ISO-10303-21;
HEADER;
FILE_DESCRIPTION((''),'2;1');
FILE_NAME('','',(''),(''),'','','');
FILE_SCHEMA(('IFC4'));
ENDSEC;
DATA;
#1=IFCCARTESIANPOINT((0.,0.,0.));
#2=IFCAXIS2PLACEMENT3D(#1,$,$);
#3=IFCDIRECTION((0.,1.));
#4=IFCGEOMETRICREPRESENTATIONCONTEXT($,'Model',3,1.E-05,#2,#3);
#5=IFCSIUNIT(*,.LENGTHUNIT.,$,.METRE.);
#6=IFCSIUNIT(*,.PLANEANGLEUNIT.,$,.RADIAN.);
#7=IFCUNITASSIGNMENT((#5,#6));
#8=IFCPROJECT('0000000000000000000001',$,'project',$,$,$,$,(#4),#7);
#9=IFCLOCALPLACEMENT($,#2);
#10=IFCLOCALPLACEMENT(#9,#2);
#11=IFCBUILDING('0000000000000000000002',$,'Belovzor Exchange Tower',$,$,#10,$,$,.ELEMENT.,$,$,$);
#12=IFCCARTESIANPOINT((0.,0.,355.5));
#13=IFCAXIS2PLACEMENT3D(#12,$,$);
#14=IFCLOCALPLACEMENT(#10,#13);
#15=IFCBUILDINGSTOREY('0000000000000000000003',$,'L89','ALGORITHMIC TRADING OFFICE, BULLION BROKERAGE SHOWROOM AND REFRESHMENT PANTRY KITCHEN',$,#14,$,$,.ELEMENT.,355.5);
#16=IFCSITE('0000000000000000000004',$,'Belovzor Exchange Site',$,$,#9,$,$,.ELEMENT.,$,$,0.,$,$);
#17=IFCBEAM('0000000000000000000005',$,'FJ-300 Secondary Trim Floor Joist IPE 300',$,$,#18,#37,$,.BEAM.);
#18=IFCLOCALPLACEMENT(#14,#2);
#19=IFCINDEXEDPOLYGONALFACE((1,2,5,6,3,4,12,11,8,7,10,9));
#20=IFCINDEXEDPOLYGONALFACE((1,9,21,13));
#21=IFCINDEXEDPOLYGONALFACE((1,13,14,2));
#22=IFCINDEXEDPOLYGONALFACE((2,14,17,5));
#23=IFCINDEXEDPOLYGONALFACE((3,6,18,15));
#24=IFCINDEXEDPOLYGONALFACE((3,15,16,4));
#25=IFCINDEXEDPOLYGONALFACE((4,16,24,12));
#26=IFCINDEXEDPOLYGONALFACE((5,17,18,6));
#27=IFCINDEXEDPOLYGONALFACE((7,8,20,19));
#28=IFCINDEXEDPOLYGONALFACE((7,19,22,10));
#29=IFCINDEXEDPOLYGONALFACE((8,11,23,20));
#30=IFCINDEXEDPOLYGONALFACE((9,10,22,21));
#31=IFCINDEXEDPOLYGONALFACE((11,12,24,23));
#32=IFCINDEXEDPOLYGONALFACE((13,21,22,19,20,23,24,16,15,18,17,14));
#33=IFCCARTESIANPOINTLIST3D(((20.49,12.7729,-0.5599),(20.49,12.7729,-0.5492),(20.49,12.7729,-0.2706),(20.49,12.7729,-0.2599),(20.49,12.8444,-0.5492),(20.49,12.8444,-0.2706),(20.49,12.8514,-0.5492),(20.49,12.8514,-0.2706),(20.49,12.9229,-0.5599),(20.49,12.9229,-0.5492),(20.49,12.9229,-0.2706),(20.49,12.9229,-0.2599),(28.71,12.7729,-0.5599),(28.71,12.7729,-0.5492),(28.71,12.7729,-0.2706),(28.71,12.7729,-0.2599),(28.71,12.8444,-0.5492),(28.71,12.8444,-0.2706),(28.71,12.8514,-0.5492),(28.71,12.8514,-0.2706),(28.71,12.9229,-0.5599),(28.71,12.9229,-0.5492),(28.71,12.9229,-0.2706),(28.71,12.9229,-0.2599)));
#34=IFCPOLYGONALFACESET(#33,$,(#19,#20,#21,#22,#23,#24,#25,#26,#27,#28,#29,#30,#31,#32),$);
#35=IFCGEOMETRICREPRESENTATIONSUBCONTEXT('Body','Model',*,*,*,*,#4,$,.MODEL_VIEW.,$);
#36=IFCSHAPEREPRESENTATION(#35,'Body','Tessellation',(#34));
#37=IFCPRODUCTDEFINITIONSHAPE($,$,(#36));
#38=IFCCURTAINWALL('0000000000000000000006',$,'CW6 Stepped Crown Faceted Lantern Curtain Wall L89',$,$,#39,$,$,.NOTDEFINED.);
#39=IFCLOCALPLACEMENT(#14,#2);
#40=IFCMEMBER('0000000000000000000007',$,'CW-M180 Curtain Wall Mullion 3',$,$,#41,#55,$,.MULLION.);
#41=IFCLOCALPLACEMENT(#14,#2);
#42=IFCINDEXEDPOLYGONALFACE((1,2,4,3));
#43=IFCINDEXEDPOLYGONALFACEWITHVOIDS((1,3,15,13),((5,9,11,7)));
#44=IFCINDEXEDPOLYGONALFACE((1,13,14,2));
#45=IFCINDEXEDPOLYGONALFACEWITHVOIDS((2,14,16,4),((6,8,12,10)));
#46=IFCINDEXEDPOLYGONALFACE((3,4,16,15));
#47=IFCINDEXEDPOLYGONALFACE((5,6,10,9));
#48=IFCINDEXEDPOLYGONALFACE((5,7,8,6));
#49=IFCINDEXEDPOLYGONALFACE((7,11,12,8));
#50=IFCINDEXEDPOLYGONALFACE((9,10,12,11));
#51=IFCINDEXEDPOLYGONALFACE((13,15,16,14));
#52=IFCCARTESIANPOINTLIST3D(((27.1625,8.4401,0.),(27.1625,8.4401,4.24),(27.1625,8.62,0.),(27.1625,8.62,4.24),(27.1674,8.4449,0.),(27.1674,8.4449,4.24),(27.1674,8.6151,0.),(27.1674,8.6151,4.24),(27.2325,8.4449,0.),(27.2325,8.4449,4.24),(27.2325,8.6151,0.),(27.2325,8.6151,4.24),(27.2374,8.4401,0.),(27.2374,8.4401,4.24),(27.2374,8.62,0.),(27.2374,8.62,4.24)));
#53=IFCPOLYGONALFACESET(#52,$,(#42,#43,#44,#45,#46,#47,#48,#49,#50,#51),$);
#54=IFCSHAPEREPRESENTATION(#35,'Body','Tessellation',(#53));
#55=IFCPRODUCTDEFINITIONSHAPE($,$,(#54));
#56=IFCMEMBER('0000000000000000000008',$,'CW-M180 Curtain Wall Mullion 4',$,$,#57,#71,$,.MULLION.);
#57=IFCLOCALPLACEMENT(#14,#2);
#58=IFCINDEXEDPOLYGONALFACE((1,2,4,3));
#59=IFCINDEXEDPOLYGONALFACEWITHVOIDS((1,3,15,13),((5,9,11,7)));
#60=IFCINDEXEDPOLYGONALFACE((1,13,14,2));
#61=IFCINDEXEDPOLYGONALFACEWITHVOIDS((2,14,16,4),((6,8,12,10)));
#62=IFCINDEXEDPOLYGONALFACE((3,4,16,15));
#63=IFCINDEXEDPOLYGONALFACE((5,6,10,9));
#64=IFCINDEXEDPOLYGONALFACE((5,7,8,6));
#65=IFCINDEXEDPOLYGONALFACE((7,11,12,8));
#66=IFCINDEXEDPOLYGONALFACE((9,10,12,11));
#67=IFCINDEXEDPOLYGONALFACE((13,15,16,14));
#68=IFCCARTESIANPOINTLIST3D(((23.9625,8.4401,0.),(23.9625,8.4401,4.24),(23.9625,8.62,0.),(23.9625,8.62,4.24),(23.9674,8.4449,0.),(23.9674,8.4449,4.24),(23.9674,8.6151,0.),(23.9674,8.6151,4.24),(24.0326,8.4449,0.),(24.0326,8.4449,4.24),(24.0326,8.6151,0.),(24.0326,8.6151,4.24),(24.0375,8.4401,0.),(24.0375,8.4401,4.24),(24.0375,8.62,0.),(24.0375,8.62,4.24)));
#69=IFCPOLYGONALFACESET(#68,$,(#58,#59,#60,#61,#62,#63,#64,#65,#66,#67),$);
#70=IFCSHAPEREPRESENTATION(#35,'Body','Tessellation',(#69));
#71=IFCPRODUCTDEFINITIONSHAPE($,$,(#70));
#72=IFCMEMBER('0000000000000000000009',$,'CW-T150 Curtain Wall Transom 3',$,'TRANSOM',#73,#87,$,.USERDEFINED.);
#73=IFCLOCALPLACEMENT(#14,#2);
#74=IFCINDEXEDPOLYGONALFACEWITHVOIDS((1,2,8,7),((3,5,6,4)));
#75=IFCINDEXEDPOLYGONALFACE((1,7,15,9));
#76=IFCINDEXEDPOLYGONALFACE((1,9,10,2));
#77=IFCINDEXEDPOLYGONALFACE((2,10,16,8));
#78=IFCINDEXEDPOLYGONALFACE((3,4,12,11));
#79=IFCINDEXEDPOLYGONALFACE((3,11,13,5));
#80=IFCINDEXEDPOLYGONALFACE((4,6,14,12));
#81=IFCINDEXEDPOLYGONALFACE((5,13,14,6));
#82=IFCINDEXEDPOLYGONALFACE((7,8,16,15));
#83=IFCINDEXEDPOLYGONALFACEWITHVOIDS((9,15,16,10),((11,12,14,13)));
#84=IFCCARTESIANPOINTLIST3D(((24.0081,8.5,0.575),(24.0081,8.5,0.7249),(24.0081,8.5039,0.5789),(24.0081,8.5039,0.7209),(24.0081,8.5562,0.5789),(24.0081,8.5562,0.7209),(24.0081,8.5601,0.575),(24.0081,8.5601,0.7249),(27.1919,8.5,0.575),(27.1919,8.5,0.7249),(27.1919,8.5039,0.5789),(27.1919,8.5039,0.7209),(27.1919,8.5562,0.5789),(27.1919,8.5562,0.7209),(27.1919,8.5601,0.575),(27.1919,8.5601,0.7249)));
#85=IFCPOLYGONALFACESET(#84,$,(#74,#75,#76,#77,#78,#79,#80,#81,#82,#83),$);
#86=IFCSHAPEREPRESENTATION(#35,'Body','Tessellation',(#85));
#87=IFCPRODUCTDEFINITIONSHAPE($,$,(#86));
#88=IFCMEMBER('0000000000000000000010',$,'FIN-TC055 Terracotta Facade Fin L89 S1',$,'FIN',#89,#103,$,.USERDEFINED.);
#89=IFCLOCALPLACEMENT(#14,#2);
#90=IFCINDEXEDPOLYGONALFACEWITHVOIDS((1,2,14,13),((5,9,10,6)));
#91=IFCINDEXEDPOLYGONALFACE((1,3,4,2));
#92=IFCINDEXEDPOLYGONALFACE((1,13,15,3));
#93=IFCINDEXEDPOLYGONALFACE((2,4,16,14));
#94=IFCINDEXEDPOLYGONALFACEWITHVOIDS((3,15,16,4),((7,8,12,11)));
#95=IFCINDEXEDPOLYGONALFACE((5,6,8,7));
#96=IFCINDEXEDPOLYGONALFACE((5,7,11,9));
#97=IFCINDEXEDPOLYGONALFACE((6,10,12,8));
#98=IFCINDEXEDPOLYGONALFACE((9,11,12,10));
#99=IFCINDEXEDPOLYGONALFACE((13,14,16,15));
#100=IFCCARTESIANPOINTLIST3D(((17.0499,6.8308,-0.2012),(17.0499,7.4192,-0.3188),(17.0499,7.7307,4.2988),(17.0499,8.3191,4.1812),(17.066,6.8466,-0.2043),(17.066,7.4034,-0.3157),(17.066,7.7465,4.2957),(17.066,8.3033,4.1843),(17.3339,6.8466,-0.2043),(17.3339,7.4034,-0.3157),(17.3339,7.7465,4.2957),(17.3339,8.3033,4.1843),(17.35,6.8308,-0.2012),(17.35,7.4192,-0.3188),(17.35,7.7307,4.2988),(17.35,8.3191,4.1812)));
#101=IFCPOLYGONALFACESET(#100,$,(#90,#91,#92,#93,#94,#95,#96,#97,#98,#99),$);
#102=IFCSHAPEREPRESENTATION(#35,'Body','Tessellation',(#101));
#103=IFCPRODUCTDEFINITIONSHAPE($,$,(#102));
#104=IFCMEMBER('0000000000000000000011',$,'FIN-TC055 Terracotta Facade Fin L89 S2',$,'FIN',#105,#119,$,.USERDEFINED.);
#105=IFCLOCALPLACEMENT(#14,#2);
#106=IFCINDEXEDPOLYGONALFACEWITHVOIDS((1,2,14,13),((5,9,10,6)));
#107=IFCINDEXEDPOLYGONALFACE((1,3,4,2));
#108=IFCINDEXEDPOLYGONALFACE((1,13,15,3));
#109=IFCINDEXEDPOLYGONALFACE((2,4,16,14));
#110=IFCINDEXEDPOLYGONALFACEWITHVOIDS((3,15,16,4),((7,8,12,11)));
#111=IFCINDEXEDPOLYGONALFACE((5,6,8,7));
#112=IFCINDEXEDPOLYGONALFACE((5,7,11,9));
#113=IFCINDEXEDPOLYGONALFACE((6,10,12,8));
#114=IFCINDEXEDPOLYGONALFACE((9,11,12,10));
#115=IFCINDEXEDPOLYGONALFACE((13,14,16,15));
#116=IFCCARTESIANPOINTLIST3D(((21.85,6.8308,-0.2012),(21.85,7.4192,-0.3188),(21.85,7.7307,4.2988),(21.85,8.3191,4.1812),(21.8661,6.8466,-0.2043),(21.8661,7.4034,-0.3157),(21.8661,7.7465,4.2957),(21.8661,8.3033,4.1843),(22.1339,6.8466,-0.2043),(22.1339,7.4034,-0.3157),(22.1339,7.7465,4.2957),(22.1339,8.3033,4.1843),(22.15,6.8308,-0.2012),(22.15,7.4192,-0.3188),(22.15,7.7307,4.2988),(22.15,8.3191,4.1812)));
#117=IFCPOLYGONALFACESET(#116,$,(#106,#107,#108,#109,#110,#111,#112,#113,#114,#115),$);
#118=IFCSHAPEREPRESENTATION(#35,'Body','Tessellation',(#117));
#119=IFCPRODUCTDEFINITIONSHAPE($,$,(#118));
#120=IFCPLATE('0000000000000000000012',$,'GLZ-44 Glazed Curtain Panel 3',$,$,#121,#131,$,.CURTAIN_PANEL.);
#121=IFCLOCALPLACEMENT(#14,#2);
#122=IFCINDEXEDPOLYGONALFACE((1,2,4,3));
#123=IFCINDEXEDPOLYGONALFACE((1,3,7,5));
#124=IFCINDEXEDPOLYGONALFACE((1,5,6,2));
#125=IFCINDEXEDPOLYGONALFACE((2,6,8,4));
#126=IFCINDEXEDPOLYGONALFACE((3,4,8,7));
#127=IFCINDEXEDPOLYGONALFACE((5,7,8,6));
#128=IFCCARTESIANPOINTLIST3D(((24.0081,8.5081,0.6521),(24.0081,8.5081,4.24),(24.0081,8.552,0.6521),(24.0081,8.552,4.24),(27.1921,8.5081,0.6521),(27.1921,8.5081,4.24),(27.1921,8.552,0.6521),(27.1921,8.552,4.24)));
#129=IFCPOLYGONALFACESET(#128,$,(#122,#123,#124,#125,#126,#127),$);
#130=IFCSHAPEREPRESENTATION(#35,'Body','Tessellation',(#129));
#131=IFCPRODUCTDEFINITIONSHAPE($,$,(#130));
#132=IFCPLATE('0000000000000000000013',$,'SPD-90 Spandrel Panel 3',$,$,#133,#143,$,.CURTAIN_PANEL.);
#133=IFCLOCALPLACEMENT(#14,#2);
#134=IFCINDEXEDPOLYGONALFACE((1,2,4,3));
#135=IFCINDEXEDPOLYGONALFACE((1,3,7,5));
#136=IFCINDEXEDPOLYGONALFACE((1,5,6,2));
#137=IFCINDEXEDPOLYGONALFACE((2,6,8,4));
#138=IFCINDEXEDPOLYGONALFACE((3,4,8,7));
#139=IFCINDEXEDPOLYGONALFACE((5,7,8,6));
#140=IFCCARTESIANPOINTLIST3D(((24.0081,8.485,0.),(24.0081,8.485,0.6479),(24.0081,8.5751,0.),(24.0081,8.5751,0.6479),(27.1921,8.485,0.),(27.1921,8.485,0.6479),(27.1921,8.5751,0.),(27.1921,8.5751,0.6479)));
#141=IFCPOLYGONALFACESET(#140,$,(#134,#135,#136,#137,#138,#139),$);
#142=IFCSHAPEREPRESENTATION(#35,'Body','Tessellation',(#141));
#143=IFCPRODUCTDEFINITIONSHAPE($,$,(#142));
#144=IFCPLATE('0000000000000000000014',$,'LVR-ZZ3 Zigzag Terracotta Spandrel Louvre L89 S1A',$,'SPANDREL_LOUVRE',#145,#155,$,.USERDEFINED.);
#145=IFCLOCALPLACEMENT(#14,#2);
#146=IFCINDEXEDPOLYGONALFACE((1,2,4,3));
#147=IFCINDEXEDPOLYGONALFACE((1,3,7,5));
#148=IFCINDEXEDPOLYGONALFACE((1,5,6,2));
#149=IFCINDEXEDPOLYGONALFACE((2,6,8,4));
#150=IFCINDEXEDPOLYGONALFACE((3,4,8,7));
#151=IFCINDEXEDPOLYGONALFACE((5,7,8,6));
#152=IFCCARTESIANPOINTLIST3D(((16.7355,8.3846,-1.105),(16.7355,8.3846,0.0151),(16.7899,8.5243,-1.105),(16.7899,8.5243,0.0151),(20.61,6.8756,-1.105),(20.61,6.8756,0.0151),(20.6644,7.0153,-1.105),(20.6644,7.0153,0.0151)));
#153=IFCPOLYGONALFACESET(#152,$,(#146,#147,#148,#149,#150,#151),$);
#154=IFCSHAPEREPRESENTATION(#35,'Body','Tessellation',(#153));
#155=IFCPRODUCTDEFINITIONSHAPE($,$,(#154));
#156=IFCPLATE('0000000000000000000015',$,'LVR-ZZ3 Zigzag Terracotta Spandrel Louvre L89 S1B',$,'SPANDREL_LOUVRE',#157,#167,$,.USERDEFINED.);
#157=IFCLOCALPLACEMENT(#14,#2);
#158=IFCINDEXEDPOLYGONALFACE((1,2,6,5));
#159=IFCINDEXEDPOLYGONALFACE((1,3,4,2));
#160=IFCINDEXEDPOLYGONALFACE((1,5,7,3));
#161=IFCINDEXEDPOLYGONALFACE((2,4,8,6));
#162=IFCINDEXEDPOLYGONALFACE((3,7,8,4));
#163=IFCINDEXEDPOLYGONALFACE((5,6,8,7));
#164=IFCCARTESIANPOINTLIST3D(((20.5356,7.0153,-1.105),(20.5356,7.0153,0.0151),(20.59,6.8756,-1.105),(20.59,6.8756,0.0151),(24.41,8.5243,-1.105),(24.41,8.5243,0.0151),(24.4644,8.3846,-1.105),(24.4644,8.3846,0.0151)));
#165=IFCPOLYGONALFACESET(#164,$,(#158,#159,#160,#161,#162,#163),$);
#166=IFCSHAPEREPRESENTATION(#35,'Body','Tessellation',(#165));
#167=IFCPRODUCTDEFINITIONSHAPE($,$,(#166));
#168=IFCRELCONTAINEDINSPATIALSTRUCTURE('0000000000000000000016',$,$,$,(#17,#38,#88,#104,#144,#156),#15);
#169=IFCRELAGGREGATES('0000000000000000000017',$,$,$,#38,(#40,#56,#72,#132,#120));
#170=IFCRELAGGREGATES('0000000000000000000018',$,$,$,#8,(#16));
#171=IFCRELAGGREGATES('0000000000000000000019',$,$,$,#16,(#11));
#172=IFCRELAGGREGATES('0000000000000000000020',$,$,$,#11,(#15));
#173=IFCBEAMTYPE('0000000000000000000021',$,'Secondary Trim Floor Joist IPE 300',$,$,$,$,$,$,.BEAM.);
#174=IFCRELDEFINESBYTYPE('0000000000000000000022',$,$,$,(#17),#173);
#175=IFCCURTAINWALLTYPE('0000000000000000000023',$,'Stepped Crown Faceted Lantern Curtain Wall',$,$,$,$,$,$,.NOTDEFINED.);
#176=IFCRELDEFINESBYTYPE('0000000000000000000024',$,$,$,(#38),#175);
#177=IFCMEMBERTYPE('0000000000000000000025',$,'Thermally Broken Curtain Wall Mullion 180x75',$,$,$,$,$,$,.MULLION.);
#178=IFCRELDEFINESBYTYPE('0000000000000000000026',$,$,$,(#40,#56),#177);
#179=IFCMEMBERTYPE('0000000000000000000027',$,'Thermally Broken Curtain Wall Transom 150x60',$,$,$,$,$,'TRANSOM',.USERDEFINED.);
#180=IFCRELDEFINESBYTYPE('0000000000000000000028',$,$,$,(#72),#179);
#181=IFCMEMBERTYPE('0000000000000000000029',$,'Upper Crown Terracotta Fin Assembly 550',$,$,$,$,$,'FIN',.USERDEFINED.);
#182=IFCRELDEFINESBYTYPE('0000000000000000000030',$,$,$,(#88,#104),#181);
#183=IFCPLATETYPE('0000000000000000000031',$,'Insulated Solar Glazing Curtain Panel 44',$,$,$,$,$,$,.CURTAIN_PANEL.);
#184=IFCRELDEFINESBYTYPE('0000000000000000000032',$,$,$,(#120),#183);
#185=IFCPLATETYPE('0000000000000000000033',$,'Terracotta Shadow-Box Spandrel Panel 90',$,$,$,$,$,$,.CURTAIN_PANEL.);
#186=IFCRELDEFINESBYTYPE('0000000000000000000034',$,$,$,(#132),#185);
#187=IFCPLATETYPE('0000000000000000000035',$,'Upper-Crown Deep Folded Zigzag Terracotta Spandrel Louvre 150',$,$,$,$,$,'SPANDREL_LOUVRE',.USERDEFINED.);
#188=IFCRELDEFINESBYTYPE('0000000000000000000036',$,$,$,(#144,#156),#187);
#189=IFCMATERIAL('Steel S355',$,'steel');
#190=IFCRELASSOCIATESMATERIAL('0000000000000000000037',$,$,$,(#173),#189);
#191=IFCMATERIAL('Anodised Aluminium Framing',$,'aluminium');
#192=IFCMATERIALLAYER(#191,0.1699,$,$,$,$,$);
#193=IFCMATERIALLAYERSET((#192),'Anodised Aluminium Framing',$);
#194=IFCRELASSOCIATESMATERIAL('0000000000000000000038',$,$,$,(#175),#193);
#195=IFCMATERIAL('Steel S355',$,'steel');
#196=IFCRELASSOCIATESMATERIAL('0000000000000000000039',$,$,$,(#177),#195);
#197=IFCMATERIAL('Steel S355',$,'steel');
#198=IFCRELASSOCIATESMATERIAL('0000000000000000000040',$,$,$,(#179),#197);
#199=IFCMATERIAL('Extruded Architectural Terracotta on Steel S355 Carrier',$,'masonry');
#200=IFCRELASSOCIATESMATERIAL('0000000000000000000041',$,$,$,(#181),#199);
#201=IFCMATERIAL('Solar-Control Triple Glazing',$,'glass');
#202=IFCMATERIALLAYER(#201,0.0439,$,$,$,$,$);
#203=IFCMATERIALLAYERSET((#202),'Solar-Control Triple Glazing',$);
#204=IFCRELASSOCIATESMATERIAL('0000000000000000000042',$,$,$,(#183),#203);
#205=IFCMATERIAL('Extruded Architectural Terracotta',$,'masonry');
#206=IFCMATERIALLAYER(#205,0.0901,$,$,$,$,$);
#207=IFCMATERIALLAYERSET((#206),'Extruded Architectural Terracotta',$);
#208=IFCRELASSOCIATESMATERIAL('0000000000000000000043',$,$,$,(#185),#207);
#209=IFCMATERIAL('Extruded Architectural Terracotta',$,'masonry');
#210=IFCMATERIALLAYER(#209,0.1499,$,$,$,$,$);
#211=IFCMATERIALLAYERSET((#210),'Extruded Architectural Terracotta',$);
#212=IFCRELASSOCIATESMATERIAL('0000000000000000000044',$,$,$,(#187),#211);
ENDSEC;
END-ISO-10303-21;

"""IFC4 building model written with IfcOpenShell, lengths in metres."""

from ifc_helpers import new_model, si_unit, direction, frame, origin, origin_2d, place, context, subcontext, project, spatial, rectangle, hollow_rectangle, i_section, extrude, material, layer, layer_set, material_profile, profile_set, type_object, element, aggregate, save


model = new_model("IFC4")

# Units and contexts
model_context = context("Model", 3, precision=1e-05, world=origin(), true_north=direction((0.0, 1.0)))
body_context = subcontext(model_context, "Body", "Model", "MODEL_VIEW")
ifc_project = project(units=[si_unit("LENGTHUNIT", "METRE"), si_unit("PLANEANGLEUNIT", "RADIAN")], contexts=[model_context])

# Site, building, storey
site_placement = place(None, origin())
site = spatial("IfcSite", under=ifc_project, at=site_placement, Name="Belovzor Exchange Site", CompositionType="ELEMENT", RefElevation=0.0)
building_placement = place(site_placement, origin())
building = spatial("IfcBuilding", under=site, at=building_placement, Name="Belovzor Exchange Tower", CompositionType="ELEMENT")
storey_placement = place(building_placement, frame((0.0, 0.0, 355.5)))
storey = spatial("IfcBuildingStorey", under=building, at=storey_placement, Name="L89", Description="ALGORITHMIC TRADING OFFICE, BULLION BROKERAGE SHOWROOM AND REFRESHMENT PANTRY KITCHEN", CompositionType="ELEMENT", Elevation=355.5)

# Beam
ifc_material_1 = material(Name="Steel S355", Category="steel")
ifc_material_profile_1 = material_profile(ifc_material_1, i_section(OverallWidth=0.1499, OverallDepth=0.3, WebThickness=0.0071, FlangeThickness=0.0107, at=origin_2d()))
ifc_profile_set_1 = profile_set([ifc_material_profile_1], Name="Steel S355")
beam_type = type_object("IfcBeamType", Name="Secondary Trim Floor Joist IPE 300", PredefinedType="BEAM", material=ifc_profile_set_1)
beam_placement = place(storey_placement, frame((20.49, 12.8479, -0.4099), z_axis=(1.0, 0.0, 0.0), x_axis=(0.0, 1.0, 0.0)))
element("IfcBeam", 1, at=beam_placement, inside=storey, type_object=beam_type, Name="FJ-300 Secondary Trim Floor Joist IPE 300", PredefinedType="BEAM", context=body_context, shape_type="SweptSolid", body=[
    extrude(i_section(OverallWidth=0.1499, OverallDepth=0.3, WebThickness=0.0071, FlangeThickness=0.0107, at=origin_2d()), origin(), (0.0, 0.0, 1.0), 8.22),
])

# Curtain wall, members
ifc_material_2 = material(Name="Anodised Aluminium Framing", Category="aluminium")
ifc_layer_1 = layer(ifc_material_2, 0.1699)
ifc_layer_set_1 = layer_set([ifc_layer_1], Name="Anodised Aluminium Framing")
curtain_wall_type = type_object("IfcCurtainWallType", Name="Stepped Crown Faceted Lantern Curtain Wall", PredefinedType="NOTDEFINED", material=ifc_layer_set_1)
curtain_wall_placement = place(storey_placement, origin())
curtain_wall = element("IfcCurtainWall", 2, at=curtain_wall_placement, inside=storey, type_object=curtain_wall_type, Name="CW6 Stepped Crown Faceted Lantern Curtain Wall L89", PredefinedType="NOTDEFINED")
ifc_material_3 = material(Name="Steel S355", Category="steel")
ifc_material_profile_2 = material_profile(ifc_material_3, hollow_rectangle(XDim=0.075, YDim=0.1799, WallThickness=0.0049, at=origin_2d()))
ifc_profile_set_2 = profile_set([ifc_material_profile_2], Name="Steel S355")
member_type_1 = type_object("IfcMemberType", Name="Thermally Broken Curtain Wall Mullion 180x75", PredefinedType="MULLION", material=ifc_profile_set_2)
member_1_placement = place(storey_placement, frame((27.2, 8.53, 0.0), z_axis=(0.0, 0.0, 1.0), x_axis=(-1.0, 0.0, 0.0)))
member_1 = element("IfcMember", 3, at=member_1_placement, type_object=member_type_1, Name="CW-M180 Curtain Wall Mullion 3", PredefinedType="MULLION", context=body_context, shape_type="SweptSolid", body=[
    extrude(hollow_rectangle(XDim=0.075, YDim=0.1799, WallThickness=0.0049, at=origin_2d()), origin(), (0.0, 0.0, 1.0), 4.24),
])
member_2_placement = place(storey_placement, frame((24.0, 8.53, 0.0), z_axis=(0.0, 0.0, 1.0), x_axis=(-1.0, 0.0, 0.0)))
member_2 = element("IfcMember", 4, at=member_2_placement, type_object=member_type_1, Name="CW-M180 Curtain Wall Mullion 4", PredefinedType="MULLION", context=body_context, shape_type="SweptSolid", body=[
    extrude(hollow_rectangle(XDim=0.075, YDim=0.1799, WallThickness=0.0049, at=origin_2d()), origin(), (0.0, 0.0, 1.0), 4.24),
])
ifc_material_4 = material(Name="Steel S355", Category="steel")
ifc_material_profile_3 = material_profile(ifc_material_4, hollow_rectangle(XDim=0.0601, YDim=0.1499, WallThickness=0.0039, at=origin_2d()))
ifc_profile_set_3 = profile_set([ifc_material_profile_3], Name="Steel S355")
member_type_2 = type_object("IfcMemberType", Name="Thermally Broken Curtain Wall Transom 150x60", ElementType="TRANSOM", PredefinedType="USERDEFINED", material=ifc_profile_set_3)
member_3_placement = place(storey_placement, frame((27.1919, 8.53, 0.6499), z_axis=(-1.0, 0.0, 0.0), x_axis=(0.0, -1.0, 0.0)))
member_3 = element("IfcMember", 5, at=member_3_placement, type_object=member_type_2, Name="CW-T150 Curtain Wall Transom 3", ObjectType="TRANSOM", PredefinedType="USERDEFINED", context=body_context, shape_type="SweptSolid", body=[
    extrude(hollow_rectangle(XDim=0.0601, YDim=0.1499, WallThickness=0.0039, at=origin_2d()), origin(), (0.0, 0.0, 1.0), 3.1838),
])

# Members
ifc_material_5 = material(Name="Extruded Architectural Terracotta on Steel S355 Carrier", Category="masonry")
ifc_material_profile_4 = material_profile(ifc_material_5, hollow_rectangle(XDim=0.3, YDim=0.6001, WallThickness=0.0161, at=origin_2d()))
ifc_profile_set_4 = profile_set([ifc_material_profile_4], Name="Extruded Architectural Terracotta on Steel S355 Carrier")
member_type_3 = type_object("IfcMemberType", Name="Upper Crown Terracotta Fin Assembly 550", ElementType="FIN", PredefinedType="USERDEFINED", material=ifc_profile_set_4)
for number, where, z_axis, x_axis, name in (
    (6, (17.2, 7.125, -0.26), (0.0, 0.196096, 0.980585), (-1.0, 0.0, 0.0), "FIN-TC055 Terracotta Facade Fin L89 S1"),
    (7, (22.0, 7.125, -0.26), (0.0, 0.196096, 0.980585), (-1.0, 0.0, 0.0), "FIN-TC055 Terracotta Facade Fin L89 S2"),
):
    element("IfcMember", number, at=place(storey_placement, frame(where, z_axis=z_axis, x_axis=x_axis)), inside=storey, type_object=member_type_3, Name=name, ObjectType="FIN", PredefinedType="USERDEFINED", context=body_context, shape_type="SweptSolid", body=[
        extrude(hollow_rectangle(XDim=0.3, YDim=0.6001, WallThickness=0.0161, at=origin_2d()), origin(), (0.0, 0.0, 1.0), 4.5891),
    ])

# Plates
ifc_material_6 = material(Name="Solar-Control Triple Glazing", Category="glass")
ifc_layer_2 = layer(ifc_material_6, 0.0439)
ifc_layer_set_2 = layer_set([ifc_layer_2], Name="Solar-Control Triple Glazing")
plate_type_1 = type_object("IfcPlateType", Name="Insulated Solar Glazing Curtain Panel 44", PredefinedType="CURTAIN_PANEL", material=ifc_layer_set_2)
plate_1_placement = place(storey_placement, frame((25.6001, 8.53, 0.6521), z_axis=(0.0, 0.0, 1.0), x_axis=(-1.0, 0.0, 0.0)))
plate_1 = element("IfcPlate", 8, at=plate_1_placement, type_object=plate_type_1, Name="GLZ-44 Glazed Curtain Panel 3", PredefinedType="CURTAIN_PANEL", context=body_context, shape_type="SweptSolid", body=[
    extrude(rectangle(XDim=3.1841, YDim=0.0439, at=origin_2d()), origin(), (0.0, 0.0, 1.0), 3.5879),
])
ifc_material_7 = material(Name="Extruded Architectural Terracotta", Category="masonry")
ifc_layer_3 = layer(ifc_material_7, 0.0901)
ifc_layer_set_3 = layer_set([ifc_layer_3], Name="Extruded Architectural Terracotta")
plate_type_2 = type_object("IfcPlateType", Name="Terracotta Shadow-Box Spandrel Panel 90", PredefinedType="CURTAIN_PANEL", material=ifc_layer_set_3)
plate_2_placement = place(storey_placement, frame((25.6001, 8.53, 0.0), z_axis=(0.0, 0.0, 1.0), x_axis=(-1.0, 0.0, 0.0)))
plate_2 = element("IfcPlate", 9, at=plate_2_placement, type_object=plate_type_2, Name="SPD-90 Spandrel Panel 3", PredefinedType="CURTAIN_PANEL", context=body_context, shape_type="SweptSolid", body=[
    extrude(rectangle(XDim=3.1841, YDim=0.0901, at=origin_2d()), origin(), (0.0, 0.0, 1.0), 0.6479),
])
aggregate(curtain_wall, [member_1, member_2, member_3, plate_2, plate_1])

# Plates
ifc_material_8 = material(Name="Extruded Architectural Terracotta", Category="masonry")
ifc_layer_4 = layer(ifc_material_8, 0.1499)
ifc_layer_set_4 = layer_set([ifc_layer_4], Name="Extruded Architectural Terracotta")
plate_type_3 = type_object("IfcPlateType", Name="Upper-Crown Deep Folded Zigzag Terracotta Spandrel Louvre 150", ElementType="SPANDREL_LOUVRE", PredefinedType="USERDEFINED", material=ifc_layer_set_4)
for number, where, z_axis, x_axis, name in (
    (10, (18.7, 7.7, -1.105), (0.0, 0.0, 1.0), (0.931818, -0.362926, 0.0), "LVR-ZZ3 Zigzag Terracotta Spandrel Louvre L89 S1A"),
    (11, (22.5, 7.7, -1.105), (0.0, 0.0, 1.0), (0.931818, 0.362926, 0.0), "LVR-ZZ3 Zigzag Terracotta Spandrel Louvre L89 S1B"),
):
    element("IfcPlate", number, at=place(storey_placement, frame(where, z_axis=z_axis, x_axis=x_axis)), inside=storey, type_object=plate_type_3, Name=name, ObjectType="SPANDREL_LOUVRE", PredefinedType="USERDEFINED", context=body_context, shape_type="SweptSolid", body=[
        extrude(rectangle(XDim=4.158, YDim=0.1499, at=origin_2d()), origin(), (0.0, 0.0, 1.0), 1.1201),
    ])

save(model, "model.ifc")
